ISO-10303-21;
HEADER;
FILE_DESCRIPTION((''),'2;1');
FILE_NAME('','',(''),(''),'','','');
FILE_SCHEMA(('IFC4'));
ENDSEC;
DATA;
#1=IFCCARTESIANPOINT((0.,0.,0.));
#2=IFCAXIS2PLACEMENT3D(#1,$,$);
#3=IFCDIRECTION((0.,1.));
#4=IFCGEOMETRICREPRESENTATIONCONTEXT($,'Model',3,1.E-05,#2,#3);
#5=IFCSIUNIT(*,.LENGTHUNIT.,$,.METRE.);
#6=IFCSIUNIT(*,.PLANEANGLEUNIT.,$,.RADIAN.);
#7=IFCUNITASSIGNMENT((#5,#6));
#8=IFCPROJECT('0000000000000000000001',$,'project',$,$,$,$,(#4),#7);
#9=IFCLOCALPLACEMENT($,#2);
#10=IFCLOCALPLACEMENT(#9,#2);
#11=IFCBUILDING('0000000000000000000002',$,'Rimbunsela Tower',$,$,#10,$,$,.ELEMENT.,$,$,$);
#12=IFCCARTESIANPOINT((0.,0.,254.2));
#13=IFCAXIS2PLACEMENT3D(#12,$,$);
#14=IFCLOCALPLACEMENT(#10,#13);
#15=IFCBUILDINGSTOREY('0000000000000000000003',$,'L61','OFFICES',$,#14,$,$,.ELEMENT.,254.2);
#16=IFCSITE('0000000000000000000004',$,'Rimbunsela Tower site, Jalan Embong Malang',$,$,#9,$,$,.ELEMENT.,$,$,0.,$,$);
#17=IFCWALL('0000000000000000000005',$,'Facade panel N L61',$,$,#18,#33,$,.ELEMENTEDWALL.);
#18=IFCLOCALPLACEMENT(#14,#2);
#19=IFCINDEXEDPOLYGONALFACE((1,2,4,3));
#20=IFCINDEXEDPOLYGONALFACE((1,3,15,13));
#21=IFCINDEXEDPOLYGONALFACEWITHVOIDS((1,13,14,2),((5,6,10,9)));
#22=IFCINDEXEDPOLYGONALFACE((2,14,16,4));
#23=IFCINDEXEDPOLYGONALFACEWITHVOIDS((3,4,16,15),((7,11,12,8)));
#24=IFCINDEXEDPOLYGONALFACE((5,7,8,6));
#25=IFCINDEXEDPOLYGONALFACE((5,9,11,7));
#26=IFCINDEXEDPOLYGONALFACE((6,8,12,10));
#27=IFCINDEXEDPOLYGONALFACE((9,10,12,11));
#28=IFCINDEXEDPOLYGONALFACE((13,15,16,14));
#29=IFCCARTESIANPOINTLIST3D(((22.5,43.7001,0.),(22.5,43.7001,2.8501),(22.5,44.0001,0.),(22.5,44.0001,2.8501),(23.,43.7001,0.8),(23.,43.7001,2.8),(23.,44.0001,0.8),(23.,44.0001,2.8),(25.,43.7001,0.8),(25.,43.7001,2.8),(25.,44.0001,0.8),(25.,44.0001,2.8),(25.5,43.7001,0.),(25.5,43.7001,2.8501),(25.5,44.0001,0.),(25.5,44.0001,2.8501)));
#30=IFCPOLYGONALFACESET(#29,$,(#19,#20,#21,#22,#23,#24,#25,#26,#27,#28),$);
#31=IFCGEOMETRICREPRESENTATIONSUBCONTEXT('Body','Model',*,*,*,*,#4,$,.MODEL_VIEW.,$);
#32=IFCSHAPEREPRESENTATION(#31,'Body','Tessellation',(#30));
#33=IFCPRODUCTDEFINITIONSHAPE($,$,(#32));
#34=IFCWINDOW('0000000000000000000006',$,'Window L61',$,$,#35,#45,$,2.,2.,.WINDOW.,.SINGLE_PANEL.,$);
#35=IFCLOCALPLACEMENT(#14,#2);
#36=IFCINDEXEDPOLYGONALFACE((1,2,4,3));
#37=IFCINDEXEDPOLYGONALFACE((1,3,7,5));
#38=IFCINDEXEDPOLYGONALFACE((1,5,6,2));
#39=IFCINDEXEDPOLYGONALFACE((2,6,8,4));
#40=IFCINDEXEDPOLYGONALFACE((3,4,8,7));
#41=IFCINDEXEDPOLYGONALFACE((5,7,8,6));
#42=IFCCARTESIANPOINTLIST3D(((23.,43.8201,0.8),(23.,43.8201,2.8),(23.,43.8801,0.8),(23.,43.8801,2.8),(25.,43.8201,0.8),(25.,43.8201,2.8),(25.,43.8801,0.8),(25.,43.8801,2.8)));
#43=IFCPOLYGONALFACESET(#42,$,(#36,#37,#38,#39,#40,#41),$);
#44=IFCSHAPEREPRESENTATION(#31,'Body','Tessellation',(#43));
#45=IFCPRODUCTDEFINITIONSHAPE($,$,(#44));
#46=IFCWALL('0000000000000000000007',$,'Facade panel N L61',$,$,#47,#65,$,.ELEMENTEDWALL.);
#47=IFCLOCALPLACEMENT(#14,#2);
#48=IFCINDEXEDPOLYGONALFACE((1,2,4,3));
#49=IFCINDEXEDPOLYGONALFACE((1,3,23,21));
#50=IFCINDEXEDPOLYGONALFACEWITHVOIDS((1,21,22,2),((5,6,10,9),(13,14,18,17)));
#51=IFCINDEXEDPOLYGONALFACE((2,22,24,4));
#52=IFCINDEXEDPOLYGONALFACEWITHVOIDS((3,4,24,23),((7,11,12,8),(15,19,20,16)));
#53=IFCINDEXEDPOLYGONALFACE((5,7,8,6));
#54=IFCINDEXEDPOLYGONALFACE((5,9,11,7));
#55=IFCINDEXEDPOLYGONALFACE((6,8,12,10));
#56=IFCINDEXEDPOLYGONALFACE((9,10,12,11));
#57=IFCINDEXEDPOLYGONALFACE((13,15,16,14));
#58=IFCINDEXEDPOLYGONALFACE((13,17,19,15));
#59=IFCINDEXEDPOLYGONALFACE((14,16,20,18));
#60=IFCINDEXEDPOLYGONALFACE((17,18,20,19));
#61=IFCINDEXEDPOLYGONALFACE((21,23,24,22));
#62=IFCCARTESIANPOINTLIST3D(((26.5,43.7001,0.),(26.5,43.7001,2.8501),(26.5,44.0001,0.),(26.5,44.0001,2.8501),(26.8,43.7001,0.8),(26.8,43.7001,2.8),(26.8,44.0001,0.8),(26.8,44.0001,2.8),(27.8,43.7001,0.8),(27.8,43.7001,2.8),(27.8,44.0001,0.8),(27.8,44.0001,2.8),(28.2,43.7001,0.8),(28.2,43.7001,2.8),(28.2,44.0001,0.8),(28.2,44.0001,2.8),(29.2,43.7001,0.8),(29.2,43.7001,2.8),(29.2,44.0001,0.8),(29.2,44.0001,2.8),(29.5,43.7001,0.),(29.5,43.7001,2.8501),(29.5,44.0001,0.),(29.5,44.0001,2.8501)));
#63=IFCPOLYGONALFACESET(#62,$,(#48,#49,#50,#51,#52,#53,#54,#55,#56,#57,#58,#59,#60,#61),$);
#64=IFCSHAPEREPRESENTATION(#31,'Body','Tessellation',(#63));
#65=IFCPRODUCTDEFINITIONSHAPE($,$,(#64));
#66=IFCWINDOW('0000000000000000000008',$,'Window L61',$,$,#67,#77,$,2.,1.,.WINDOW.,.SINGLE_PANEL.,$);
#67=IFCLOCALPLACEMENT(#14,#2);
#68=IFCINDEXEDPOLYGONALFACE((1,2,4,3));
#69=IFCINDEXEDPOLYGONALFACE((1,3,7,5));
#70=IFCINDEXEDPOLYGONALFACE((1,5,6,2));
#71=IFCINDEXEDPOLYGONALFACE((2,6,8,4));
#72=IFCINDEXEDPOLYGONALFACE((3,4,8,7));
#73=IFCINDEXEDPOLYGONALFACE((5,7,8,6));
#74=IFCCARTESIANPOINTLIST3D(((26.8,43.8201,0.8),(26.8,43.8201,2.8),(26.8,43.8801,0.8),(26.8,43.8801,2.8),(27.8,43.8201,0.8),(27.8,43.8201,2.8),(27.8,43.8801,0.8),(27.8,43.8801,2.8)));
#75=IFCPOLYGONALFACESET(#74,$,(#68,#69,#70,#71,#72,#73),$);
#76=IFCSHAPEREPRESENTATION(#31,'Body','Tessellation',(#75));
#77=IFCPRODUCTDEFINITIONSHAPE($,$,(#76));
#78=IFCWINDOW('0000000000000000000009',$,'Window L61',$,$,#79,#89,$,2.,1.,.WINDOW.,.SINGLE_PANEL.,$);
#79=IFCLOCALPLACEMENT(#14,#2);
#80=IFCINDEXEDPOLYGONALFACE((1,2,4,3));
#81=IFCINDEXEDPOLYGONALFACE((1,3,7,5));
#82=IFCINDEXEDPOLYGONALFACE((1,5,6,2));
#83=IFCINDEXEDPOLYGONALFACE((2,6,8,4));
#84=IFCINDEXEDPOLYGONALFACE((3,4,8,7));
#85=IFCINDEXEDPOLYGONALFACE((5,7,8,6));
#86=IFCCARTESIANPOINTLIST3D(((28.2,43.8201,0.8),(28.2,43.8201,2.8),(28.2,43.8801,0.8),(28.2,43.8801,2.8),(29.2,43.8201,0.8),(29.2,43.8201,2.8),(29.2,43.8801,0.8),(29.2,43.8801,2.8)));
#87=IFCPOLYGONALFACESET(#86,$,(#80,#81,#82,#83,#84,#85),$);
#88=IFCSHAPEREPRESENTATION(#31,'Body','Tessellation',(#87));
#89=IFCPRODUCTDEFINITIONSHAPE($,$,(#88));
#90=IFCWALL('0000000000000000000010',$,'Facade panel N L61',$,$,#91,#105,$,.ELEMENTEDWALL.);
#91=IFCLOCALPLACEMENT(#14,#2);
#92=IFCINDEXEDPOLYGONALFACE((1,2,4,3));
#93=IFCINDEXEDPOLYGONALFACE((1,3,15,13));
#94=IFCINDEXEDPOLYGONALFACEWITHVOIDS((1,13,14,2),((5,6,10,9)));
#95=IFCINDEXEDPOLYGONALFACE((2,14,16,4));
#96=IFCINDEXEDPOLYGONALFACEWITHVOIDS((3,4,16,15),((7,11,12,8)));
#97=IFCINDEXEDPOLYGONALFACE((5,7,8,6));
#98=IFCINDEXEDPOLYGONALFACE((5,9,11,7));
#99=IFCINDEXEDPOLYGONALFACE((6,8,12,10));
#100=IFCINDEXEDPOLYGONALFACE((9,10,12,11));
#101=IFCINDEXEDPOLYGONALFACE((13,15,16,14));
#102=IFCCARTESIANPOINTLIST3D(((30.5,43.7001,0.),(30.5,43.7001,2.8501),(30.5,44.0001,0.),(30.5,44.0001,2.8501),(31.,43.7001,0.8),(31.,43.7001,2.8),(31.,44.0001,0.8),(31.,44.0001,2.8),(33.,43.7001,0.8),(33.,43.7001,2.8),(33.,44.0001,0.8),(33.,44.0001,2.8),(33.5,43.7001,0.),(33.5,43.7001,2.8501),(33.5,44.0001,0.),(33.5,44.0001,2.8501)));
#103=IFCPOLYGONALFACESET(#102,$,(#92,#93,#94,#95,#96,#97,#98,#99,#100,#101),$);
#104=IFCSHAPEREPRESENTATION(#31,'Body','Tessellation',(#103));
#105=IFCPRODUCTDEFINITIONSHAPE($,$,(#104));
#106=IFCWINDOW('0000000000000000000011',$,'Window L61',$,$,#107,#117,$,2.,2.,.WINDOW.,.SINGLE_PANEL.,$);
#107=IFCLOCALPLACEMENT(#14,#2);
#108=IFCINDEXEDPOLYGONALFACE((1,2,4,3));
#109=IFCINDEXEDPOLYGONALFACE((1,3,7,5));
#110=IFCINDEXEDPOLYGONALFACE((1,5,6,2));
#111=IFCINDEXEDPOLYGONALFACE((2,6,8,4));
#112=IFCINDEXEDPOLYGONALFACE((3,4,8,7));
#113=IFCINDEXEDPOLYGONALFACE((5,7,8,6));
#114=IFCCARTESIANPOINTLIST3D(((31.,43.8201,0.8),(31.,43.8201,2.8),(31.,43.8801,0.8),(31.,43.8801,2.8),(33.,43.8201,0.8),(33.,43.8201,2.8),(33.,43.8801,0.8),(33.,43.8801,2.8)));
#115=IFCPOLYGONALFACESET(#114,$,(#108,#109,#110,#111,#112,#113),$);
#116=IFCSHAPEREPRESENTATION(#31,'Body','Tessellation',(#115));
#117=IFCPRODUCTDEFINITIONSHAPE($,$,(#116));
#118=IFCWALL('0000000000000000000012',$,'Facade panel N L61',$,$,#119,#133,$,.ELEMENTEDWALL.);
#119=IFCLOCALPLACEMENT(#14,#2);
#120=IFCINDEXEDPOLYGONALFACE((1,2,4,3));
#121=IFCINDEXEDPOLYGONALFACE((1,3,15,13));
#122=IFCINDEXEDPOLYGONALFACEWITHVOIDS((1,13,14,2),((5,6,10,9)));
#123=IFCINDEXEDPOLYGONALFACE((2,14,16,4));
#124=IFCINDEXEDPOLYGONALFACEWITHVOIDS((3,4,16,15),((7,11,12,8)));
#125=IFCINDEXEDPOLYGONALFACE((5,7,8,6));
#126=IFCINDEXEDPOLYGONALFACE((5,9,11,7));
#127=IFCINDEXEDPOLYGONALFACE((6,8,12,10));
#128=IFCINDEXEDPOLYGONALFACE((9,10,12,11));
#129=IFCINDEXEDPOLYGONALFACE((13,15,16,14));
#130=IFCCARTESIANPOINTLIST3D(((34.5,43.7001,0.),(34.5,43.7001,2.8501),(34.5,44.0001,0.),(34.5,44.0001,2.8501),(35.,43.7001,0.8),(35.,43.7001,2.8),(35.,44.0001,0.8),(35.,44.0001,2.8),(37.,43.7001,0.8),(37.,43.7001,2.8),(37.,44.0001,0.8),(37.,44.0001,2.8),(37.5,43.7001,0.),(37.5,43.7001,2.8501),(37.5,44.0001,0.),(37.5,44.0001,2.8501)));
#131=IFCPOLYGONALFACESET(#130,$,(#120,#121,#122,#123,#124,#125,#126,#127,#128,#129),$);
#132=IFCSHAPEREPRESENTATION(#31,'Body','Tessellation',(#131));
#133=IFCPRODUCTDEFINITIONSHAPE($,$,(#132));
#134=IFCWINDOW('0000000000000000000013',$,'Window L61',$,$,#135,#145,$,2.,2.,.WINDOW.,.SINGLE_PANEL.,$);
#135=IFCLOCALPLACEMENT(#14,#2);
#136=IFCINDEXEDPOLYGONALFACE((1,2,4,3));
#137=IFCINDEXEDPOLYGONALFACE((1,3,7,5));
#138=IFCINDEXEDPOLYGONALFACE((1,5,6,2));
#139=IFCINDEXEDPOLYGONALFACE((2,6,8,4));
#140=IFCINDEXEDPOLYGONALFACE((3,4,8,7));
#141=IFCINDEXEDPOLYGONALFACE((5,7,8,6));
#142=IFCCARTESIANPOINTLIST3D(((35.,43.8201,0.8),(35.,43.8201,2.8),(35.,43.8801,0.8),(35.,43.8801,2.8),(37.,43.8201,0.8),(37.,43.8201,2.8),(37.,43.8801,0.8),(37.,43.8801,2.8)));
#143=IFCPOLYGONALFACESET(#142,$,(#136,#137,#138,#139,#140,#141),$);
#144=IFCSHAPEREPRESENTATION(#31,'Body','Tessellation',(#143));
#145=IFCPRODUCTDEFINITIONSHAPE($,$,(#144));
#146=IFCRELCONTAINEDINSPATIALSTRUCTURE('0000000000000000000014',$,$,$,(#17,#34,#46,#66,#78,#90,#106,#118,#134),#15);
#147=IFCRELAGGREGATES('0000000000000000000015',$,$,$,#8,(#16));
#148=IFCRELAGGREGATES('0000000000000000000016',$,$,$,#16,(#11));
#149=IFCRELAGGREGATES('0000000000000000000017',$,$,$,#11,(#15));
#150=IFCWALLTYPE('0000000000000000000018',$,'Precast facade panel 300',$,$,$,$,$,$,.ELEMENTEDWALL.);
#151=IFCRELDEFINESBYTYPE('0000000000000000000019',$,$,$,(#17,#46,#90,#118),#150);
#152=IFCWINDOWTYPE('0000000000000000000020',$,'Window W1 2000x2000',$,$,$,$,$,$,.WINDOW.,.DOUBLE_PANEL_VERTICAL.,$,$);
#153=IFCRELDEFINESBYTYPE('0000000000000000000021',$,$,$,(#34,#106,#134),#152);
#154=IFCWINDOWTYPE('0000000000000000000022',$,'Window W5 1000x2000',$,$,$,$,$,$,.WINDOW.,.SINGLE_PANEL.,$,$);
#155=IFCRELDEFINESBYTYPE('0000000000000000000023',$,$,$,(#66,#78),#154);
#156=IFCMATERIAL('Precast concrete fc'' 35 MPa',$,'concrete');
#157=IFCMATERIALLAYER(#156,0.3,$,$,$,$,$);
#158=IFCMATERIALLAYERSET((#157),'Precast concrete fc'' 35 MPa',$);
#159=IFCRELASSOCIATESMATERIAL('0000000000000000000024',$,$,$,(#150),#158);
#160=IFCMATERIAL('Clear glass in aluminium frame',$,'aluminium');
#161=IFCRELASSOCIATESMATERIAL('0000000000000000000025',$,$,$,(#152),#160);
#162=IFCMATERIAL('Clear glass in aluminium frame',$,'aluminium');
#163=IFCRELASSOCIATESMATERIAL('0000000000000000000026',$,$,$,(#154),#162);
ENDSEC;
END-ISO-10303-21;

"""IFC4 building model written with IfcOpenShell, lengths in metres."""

from ifc_helpers import new_model, si_unit, direction, frame, frame_2d, origin, place, context, subcontext, project, spatial, rectangle, extrude, material, layer, layer_set, type_object, element, fill, save


model = new_model("IFC4")

# Units and contexts
model_context = context("Model", 3, precision=1e-05, world=origin(), true_north=direction((0.0, 1.0)))
body_context = subcontext(model_context, "Body", "Model", "MODEL_VIEW")
ifc_project = project(units=[si_unit("LENGTHUNIT", "METRE"), si_unit("PLANEANGLEUNIT", "RADIAN")], contexts=[model_context])

# Site, building, storey
site_placement = place(None, origin())
site = spatial("IfcSite", under=ifc_project, at=site_placement, Name="Rimbunsela Tower site, Jalan Embong Malang", CompositionType="ELEMENT", RefElevation=0.0)
building_placement = place(site_placement, origin())
building = spatial("IfcBuilding", under=site, at=building_placement, Name="Rimbunsela Tower", CompositionType="ELEMENT")
storey_placement = place(building_placement, frame((0.0, 0.0, 254.2)))
storey = spatial("IfcBuildingStorey", under=building, at=storey_placement, Name="L61", Description="OFFICES", CompositionType="ELEMENT", Elevation=254.2)

# Wall, opening, window
ifc_material_1 = material(Name="Precast concrete fc' 35 MPa", Category="concrete")
ifc_layer_1 = layer(ifc_material_1, 0.3)
ifc_layer_set_1 = layer_set([ifc_layer_1], Name="Precast concrete fc' 35 MPa")
wall_type_1 = type_object("IfcWallType", Name="Precast facade panel 300", PredefinedType="ELEMENTEDWALL", material=ifc_layer_set_1)
wall_1_placement = place(storey_placement, frame((25.5, 43.8501, 0.0), z_axis=(0.0, 0.0, 1.0), x_axis=(-1.0, 0.0, 0.0)))
wall_1 = element("IfcWall", 1, at=wall_1_placement, inside=storey, type_object=wall_type_1, Name="Facade panel N L61", PredefinedType="ELEMENTEDWALL", context=body_context, shape_type="SweptSolid", body=[
    extrude(rectangle(XDim=3.0, YDim=0.3, at=frame_2d((1.5, 0.0))), origin(), (0.0, 0.0, 1.0), 2.8501),
])
opening_1_placement = place(wall_1_placement, frame((0.5, 0.0, 0.8)))
opening_1 = element("IfcOpeningElement", 2, at=opening_1_placement, cuts=wall_1, PredefinedType="OPENING", context=body_context, shape_type="SweptSolid", body=[
    extrude(rectangle(XDim=2.0, YDim=2.0, at=frame_2d((1.0, 1.0))), frame((0.0, 0.1599, 0.0), z_axis=(0.0, -1.0, 0.0), x_axis=(1.0, 0.0, 0.0)), (0.0, 0.0, 1.0), 0.3201),
])
ifc_material_2 = material(Name="Clear glass in aluminium frame", Category="aluminium")
window_type_1 = type_object("IfcWindowType", Name="Window W1 2000x2000", PartitioningType="DOUBLE_PANEL_VERTICAL", PredefinedType="WINDOW", material=ifc_material_2)
window_1_placement = place(opening_1_placement, origin())
window_1 = element("IfcWindow", 3, at=window_1_placement, inside=storey, type_object=window_type_1, Name="Window L61", OverallHeight=2.0, OverallWidth=2.0, PartitioningType="SINGLE_PANEL", PredefinedType="WINDOW", context=body_context, shape_type="SweptSolid", body=[
    extrude(rectangle(XDim=2.0, YDim=2.0, at=frame_2d((1.0, 1.0))), frame((0.0, 0.03, 0.0), z_axis=(0.0, -1.0, 0.0), x_axis=(1.0, 0.0, 0.0)), (0.0, 0.0, 1.0), 0.0601),
])
fill(opening_1, window_1)

# Wall, openings, windows
wall_2_placement = place(storey_placement, frame((29.5, 43.8501, 0.0), z_axis=(0.0, 0.0, 1.0), x_axis=(-1.0, 0.0, 0.0)))
wall_2 = element("IfcWall", 4, at=wall_2_placement, inside=storey, type_object=wall_type_1, Name="Facade panel N L61", PredefinedType="ELEMENTEDWALL", context=body_context, shape_type="SweptSolid", body=[
    extrude(rectangle(XDim=3.0, YDim=0.3, at=frame_2d((1.5, 0.0))), origin(), (0.0, 0.0, 1.0), 2.8501),
])
opening_2_placement = place(wall_2_placement, frame((1.7, 0.0, 0.8)))
opening_2 = element("IfcOpeningElement", 5, at=opening_2_placement, cuts=wall_2, PredefinedType="OPENING", context=body_context, shape_type="SweptSolid", body=[
    extrude(rectangle(XDim=1.0, YDim=2.0, at=frame_2d((0.5, 1.0))), frame((0.0, 0.1599, 0.0), z_axis=(0.0, -1.0, 0.0), x_axis=(1.0, 0.0, 0.0)), (0.0, 0.0, 1.0), 0.3201),
])
opening_3_placement = place(wall_2_placement, frame((0.3, 0.0, 0.8)))
opening_3 = element("IfcOpeningElement", 6, at=opening_3_placement, cuts=wall_2, PredefinedType="OPENING", context=body_context, shape_type="SweptSolid", body=[
    extrude(rectangle(XDim=1.0, YDim=2.0, at=frame_2d((0.5, 1.0))), frame((0.0, 0.1599, 0.0), z_axis=(0.0, -1.0, 0.0), x_axis=(1.0, 0.0, 0.0)), (0.0, 0.0, 1.0), 0.3201),
])
ifc_material_3 = material(Name="Clear glass in aluminium frame", Category="aluminium")
window_type_2 = type_object("IfcWindowType", Name="Window W5 1000x2000", PartitioningType="SINGLE_PANEL", PredefinedType="WINDOW", material=ifc_material_3)
window_2_placement = place(opening_2_placement, origin())
window_2 = element("IfcWindow", 7, at=window_2_placement, inside=storey, type_object=window_type_2, Name="Window L61", OverallHeight=2.0, OverallWidth=1.0, PartitioningType="SINGLE_PANEL", PredefinedType="WINDOW", context=body_context, shape_type="SweptSolid", body=[
    extrude(rectangle(XDim=1.0, YDim=2.0, at=frame_2d((0.5, 1.0))), frame((0.0, 0.03, 0.0), z_axis=(0.0, -1.0, 0.0), x_axis=(1.0, 0.0, 0.0)), (0.0, 0.0, 1.0), 0.0601),
])
fill(opening_2, window_2)
window_3_placement = place(opening_3_placement, origin())
window_3 = element("IfcWindow", 8, at=window_3_placement, inside=storey, type_object=window_type_2, Name="Window L61", OverallHeight=2.0, OverallWidth=1.0, PartitioningType="SINGLE_PANEL", PredefinedType="WINDOW", context=body_context, shape_type="SweptSolid", body=[
    extrude(rectangle(XDim=1.0, YDim=2.0, at=frame_2d((0.5, 1.0))), frame((0.0, 0.03, 0.0), z_axis=(0.0, -1.0, 0.0), x_axis=(1.0, 0.0, 0.0)), (0.0, 0.0, 1.0), 0.0601),
])
fill(opening_3, window_3)

# Walls, openings, windows
wall_3_placement = place(storey_placement, frame((33.5, 43.8501, 0.0), z_axis=(0.0, 0.0, 1.0), x_axis=(-1.0, 0.0, 0.0)))
wall_3 = element("IfcWall", 9, at=wall_3_placement, inside=storey, type_object=wall_type_1, Name="Facade panel N L61", PredefinedType="ELEMENTEDWALL", context=body_context, shape_type="SweptSolid", body=[
    extrude(rectangle(XDim=3.0, YDim=0.3, at=frame_2d((1.5, 0.0))), origin(), (0.0, 0.0, 1.0), 2.8501),
])
opening_4_placement = place(wall_3_placement, frame((0.5, 0.0, 0.8)))
opening_4 = element("IfcOpeningElement", 10, at=opening_4_placement, cuts=wall_3, PredefinedType="OPENING", context=body_context, shape_type="SweptSolid", body=[
    extrude(rectangle(XDim=2.0, YDim=2.0, at=frame_2d((1.0, 1.0))), frame((0.0, 0.1599, 0.0), z_axis=(0.0, -1.0, 0.0), x_axis=(1.0, 0.0, 0.0)), (0.0, 0.0, 1.0), 0.3201),
])
window_4_placement = place(opening_4_placement, origin())
window_4 = element("IfcWindow", 11, at=window_4_placement, inside=storey, type_object=window_type_1, Name="Window L61", OverallHeight=2.0, OverallWidth=2.0, PartitioningType="SINGLE_PANEL", PredefinedType="WINDOW", context=body_context, shape_type="SweptSolid", body=[
    extrude(rectangle(XDim=2.0, YDim=2.0, at=frame_2d((1.0, 1.0))), frame((0.0, 0.03, 0.0), z_axis=(0.0, -1.0, 0.0), x_axis=(1.0, 0.0, 0.0)), (0.0, 0.0, 1.0), 0.0601),
])
fill(opening_4, window_4)
wall_4_placement = place(storey_placement, frame((37.5, 43.8501, 0.0), z_axis=(0.0, 0.0, 1.0), x_axis=(-1.0, 0.0, 0.0)))
wall_4 = element("IfcWall", 12, at=wall_4_placement, inside=storey, type_object=wall_type_1, Name="Facade panel N L61", PredefinedType="ELEMENTEDWALL", context=body_context, shape_type="SweptSolid", body=[
    extrude(rectangle(XDim=3.0, YDim=0.3, at=frame_2d((1.5, 0.0))), origin(), (0.0, 0.0, 1.0), 2.8501),
])
opening_5_placement = place(wall_4_placement, frame((0.5, 0.0, 0.8)))
opening_5 = element("IfcOpeningElement", 13, at=opening_5_placement, cuts=wall_4, PredefinedType="OPENING", context=body_context, shape_type="SweptSolid", body=[
    extrude(rectangle(XDim=2.0, YDim=2.0, at=frame_2d((1.0, 1.0))), frame((0.0, 0.1599, 0.0), z_axis=(0.0, -1.0, 0.0), x_axis=(1.0, 0.0, 0.0)), (0.0, 0.0, 1.0), 0.3201),
])
window_5_placement = place(opening_5_placement, origin())
window_5 = element("IfcWindow", 14, at=window_5_placement, inside=storey, type_object=window_type_1, Name="Window L61", OverallHeight=2.0, OverallWidth=2.0, PartitioningType="SINGLE_PANEL", PredefinedType="WINDOW", context=body_context, shape_type="SweptSolid", body=[
    extrude(rectangle(XDim=2.0, YDim=2.0, at=frame_2d((1.0, 1.0))), frame((0.0, 0.03, 0.0), z_axis=(0.0, -1.0, 0.0), x_axis=(1.0, 0.0, 0.0)), (0.0, 0.0, 1.0), 0.0601),
])
fill(opening_5, window_5)

save(model, "model.ifc")
